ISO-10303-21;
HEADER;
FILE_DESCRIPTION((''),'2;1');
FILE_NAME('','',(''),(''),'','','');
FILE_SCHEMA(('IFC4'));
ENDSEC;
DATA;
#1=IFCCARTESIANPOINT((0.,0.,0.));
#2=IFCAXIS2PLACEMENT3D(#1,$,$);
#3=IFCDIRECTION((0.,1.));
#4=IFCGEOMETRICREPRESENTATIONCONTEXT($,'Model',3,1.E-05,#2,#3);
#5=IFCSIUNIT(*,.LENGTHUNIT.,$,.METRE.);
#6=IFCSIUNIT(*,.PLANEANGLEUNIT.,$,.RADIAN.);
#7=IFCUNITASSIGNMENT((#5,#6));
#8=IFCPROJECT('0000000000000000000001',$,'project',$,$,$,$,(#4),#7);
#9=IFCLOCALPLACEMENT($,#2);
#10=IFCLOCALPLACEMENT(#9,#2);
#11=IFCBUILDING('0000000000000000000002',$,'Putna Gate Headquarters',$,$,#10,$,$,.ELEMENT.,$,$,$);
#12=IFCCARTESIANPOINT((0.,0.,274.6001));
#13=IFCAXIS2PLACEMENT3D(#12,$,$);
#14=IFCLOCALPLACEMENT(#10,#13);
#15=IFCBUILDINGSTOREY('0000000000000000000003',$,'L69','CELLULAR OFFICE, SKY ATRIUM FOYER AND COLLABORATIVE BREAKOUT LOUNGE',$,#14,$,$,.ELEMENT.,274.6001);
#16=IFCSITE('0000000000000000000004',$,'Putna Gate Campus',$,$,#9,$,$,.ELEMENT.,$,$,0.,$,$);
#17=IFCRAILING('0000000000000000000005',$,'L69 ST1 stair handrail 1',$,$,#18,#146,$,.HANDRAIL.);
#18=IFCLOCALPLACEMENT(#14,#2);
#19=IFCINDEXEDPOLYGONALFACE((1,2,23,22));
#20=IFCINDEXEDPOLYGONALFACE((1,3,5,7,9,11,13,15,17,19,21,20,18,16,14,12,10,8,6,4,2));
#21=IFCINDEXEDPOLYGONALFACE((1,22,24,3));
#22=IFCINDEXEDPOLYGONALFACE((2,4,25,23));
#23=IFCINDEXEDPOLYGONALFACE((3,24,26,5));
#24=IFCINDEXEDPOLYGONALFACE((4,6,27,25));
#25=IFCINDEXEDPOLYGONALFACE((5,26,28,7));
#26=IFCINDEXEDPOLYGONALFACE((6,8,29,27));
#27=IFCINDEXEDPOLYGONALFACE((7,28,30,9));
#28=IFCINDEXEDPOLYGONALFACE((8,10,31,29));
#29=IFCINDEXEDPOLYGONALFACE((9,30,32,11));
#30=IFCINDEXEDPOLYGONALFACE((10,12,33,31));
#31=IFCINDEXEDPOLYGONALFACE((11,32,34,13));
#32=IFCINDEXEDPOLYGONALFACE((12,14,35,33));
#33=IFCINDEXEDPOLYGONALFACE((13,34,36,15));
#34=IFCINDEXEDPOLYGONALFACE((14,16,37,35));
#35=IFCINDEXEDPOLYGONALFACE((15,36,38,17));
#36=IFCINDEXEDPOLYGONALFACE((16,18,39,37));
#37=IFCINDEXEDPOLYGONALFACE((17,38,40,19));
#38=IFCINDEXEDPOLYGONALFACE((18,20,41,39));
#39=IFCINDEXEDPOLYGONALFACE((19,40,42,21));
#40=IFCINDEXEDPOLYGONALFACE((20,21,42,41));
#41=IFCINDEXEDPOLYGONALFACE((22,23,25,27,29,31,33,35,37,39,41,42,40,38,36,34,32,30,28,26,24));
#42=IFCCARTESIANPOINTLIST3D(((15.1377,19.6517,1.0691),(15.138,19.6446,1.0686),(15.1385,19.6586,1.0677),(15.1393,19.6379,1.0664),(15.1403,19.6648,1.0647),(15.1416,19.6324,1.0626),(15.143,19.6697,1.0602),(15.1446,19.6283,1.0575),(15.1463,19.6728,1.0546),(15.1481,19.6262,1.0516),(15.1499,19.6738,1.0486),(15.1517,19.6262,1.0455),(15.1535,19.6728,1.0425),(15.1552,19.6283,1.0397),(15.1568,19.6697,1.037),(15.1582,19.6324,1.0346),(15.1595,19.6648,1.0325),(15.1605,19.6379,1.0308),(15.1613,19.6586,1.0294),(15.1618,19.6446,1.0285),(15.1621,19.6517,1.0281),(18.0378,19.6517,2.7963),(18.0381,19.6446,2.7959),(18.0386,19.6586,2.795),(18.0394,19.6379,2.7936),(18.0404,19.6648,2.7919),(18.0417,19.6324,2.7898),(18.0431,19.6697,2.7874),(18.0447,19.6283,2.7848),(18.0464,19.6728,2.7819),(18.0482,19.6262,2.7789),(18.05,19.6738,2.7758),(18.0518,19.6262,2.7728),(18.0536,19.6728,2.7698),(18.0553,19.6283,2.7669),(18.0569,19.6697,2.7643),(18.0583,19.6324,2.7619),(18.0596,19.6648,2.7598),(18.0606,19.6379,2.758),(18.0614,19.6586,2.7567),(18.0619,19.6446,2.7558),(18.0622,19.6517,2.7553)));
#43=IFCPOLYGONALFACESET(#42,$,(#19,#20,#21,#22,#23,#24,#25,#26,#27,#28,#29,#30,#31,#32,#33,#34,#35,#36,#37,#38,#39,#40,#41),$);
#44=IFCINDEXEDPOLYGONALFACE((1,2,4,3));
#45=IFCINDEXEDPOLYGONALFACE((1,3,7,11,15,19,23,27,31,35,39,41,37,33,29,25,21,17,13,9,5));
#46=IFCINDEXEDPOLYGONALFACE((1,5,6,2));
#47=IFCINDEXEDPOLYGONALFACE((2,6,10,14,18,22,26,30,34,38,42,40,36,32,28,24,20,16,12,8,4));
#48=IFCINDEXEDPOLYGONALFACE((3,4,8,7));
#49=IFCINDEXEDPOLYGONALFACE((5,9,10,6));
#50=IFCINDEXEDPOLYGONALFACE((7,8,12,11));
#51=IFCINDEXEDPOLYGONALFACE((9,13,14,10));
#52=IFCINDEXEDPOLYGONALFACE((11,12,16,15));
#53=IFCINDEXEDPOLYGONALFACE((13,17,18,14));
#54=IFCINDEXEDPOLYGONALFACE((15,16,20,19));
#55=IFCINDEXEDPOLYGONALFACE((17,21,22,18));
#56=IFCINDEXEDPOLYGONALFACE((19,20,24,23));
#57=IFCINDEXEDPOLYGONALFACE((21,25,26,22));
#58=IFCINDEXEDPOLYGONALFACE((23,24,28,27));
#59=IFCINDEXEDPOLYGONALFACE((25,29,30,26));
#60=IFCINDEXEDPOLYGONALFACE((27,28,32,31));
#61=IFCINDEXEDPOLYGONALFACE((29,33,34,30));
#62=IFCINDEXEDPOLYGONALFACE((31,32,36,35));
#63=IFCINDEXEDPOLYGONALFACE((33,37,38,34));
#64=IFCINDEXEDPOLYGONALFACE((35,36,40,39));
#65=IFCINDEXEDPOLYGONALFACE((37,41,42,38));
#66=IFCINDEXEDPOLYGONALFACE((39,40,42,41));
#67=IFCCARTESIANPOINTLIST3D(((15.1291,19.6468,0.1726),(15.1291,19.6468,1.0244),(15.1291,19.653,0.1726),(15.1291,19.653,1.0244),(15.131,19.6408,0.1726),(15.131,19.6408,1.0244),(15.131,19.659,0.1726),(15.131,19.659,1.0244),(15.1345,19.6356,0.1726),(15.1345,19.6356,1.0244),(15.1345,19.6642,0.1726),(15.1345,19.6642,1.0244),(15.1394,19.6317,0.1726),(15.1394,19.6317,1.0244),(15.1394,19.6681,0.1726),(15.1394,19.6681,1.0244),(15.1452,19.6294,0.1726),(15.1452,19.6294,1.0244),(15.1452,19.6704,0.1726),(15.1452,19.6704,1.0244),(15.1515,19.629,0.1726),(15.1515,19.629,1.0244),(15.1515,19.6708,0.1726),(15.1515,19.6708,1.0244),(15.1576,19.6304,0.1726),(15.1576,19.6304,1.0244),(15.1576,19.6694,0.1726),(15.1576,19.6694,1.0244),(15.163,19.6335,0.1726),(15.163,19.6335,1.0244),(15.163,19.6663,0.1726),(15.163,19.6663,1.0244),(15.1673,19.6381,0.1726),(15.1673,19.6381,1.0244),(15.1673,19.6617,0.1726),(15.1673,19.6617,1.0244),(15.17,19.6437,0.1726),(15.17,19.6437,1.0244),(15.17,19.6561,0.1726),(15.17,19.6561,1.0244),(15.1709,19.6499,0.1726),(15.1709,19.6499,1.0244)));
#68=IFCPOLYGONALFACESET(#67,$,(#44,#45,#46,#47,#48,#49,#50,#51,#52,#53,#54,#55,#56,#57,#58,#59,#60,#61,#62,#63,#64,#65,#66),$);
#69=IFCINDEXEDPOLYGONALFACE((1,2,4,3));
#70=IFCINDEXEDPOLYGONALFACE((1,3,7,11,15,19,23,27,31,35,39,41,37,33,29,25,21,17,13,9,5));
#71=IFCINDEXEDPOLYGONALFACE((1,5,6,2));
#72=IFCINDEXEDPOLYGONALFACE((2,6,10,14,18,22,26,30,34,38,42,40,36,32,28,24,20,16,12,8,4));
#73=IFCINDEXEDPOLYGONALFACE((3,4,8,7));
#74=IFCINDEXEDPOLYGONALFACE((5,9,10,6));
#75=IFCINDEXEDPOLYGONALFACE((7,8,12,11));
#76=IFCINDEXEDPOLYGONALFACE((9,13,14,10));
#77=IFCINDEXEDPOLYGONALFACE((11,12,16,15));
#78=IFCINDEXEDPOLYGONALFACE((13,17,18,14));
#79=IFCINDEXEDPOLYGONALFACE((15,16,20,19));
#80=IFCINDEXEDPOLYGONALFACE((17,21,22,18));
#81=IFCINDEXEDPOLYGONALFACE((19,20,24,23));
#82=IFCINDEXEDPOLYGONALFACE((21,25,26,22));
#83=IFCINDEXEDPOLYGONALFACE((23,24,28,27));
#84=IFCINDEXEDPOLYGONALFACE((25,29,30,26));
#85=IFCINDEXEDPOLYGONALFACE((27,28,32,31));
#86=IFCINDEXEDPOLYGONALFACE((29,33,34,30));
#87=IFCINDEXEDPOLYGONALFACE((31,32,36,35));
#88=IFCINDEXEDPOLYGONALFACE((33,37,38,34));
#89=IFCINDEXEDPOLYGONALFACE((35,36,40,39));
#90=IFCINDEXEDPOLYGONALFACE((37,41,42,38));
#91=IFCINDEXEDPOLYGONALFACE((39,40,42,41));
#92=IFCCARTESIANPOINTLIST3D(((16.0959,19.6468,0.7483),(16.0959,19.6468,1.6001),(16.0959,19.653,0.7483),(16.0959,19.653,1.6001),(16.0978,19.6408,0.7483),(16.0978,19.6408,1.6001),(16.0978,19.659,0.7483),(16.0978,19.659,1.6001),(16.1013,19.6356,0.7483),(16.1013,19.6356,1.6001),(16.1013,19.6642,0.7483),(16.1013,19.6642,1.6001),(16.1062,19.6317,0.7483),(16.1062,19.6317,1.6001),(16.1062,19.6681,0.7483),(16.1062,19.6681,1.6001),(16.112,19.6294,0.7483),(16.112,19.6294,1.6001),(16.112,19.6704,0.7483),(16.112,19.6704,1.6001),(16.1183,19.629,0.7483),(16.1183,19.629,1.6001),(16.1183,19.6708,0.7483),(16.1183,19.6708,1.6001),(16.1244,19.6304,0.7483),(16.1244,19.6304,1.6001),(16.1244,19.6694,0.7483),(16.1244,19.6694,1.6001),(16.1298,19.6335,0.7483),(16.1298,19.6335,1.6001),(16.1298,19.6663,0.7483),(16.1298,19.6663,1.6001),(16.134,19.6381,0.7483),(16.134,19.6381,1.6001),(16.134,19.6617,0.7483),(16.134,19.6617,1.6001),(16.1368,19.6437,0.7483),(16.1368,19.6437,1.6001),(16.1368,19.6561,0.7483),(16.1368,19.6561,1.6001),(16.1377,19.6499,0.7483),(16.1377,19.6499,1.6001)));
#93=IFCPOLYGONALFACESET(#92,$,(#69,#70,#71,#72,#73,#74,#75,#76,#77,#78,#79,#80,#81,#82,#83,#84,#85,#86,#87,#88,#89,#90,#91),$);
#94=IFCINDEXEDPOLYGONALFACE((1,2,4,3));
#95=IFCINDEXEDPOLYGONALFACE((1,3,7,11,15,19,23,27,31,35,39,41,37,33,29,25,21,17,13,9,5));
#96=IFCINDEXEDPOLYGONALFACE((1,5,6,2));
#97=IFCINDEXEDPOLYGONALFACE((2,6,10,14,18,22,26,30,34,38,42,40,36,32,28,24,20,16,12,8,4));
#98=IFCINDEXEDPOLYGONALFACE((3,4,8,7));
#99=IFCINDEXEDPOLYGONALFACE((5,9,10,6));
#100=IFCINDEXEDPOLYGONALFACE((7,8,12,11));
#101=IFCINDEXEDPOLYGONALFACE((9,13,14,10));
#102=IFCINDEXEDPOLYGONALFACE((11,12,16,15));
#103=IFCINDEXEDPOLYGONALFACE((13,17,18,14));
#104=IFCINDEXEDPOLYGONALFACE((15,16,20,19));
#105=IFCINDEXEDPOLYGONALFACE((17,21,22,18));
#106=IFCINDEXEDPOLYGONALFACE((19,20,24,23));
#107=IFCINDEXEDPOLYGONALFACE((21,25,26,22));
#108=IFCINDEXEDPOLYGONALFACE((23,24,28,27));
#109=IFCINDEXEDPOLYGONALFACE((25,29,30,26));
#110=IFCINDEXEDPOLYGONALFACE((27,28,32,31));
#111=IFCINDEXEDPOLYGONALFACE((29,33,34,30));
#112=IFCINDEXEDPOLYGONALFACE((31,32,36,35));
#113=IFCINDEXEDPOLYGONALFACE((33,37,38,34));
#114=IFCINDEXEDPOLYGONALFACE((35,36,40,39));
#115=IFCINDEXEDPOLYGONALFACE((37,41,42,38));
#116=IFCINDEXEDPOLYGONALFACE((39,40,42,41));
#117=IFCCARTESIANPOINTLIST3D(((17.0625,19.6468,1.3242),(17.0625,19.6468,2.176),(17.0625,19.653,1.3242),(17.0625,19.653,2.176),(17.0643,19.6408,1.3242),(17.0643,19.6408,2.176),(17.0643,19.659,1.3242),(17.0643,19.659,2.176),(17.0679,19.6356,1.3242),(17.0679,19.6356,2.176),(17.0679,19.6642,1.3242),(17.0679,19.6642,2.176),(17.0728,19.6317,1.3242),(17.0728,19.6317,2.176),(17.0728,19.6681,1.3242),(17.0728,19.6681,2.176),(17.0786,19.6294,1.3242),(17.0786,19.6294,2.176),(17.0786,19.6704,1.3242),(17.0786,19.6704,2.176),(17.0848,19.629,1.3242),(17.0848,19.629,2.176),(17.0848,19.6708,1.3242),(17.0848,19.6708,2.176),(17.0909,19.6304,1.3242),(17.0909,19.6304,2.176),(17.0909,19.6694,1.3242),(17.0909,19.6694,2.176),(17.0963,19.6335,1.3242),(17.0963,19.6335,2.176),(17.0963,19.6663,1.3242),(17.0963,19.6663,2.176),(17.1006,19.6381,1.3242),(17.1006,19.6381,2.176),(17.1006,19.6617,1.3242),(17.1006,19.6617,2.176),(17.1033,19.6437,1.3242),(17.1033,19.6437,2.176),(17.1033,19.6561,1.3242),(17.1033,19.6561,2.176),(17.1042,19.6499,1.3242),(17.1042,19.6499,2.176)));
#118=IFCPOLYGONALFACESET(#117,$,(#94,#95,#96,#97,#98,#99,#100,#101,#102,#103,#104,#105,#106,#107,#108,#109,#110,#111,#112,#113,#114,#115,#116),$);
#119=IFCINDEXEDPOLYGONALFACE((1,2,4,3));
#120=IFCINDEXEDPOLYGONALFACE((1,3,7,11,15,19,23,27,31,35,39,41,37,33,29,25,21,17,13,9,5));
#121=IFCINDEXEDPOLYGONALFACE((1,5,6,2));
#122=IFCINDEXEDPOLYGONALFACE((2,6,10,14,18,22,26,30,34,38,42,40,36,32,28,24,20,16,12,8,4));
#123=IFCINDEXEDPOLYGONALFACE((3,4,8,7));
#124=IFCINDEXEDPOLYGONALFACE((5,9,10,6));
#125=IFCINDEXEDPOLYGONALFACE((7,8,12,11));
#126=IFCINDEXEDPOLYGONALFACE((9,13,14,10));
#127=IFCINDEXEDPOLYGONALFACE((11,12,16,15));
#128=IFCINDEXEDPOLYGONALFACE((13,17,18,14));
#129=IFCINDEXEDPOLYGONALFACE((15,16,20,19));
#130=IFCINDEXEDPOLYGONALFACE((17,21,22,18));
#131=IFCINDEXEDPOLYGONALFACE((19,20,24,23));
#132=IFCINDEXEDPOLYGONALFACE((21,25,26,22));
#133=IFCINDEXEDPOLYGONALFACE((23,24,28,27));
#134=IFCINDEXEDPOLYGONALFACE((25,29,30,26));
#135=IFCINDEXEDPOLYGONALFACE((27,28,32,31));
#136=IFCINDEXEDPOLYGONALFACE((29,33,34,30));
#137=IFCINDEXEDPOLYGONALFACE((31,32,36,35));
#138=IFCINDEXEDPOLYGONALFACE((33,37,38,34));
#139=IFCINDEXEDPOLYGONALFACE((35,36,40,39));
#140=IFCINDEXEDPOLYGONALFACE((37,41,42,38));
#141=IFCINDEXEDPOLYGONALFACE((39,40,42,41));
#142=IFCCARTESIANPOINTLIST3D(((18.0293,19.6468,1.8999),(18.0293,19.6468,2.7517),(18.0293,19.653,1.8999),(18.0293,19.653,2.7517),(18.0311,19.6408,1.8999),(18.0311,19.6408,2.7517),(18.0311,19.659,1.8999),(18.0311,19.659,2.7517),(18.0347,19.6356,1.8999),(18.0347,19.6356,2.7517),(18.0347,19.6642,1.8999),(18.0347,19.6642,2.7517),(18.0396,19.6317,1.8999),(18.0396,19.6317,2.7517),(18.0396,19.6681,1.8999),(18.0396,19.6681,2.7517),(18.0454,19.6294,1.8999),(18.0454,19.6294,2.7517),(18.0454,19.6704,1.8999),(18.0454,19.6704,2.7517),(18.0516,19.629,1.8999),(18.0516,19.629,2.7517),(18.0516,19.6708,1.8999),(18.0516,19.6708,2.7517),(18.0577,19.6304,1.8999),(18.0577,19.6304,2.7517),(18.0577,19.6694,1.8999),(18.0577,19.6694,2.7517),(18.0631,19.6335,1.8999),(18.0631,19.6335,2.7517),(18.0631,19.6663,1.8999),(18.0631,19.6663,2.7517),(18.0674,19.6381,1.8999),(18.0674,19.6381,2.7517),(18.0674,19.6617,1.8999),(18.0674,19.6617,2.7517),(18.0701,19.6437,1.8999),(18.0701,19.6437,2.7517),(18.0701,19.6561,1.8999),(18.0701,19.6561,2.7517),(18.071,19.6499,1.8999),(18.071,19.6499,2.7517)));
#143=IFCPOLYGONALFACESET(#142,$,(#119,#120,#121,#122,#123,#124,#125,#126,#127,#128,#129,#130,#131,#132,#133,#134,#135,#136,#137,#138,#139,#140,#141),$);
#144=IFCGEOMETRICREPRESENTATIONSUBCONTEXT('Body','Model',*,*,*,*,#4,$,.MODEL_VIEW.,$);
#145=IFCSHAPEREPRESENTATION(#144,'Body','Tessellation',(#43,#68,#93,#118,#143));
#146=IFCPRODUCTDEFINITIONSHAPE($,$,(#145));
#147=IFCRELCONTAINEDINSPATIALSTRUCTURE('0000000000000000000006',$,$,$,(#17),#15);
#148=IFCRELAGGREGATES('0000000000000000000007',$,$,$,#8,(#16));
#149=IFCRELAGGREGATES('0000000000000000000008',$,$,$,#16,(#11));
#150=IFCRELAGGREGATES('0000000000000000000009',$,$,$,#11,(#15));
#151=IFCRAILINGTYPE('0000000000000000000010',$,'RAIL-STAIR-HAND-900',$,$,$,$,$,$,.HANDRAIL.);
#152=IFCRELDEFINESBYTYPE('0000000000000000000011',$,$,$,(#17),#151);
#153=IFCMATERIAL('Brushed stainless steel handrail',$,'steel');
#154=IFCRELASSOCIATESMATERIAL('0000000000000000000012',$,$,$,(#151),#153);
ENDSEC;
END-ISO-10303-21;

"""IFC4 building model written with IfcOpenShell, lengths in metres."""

from ifc_helpers import new_model, si_unit, direction, frame, origin, origin_2d, place, context, subcontext, project, spatial, circle, extrude, material, type_object, element, save


model = new_model("IFC4")

# Units and contexts
model_context = context("Model", 3, precision=1e-05, world=origin(), true_north=direction((0.0, 1.0)))
body_context = subcontext(model_context, "Body", "Model", "MODEL_VIEW")
ifc_project = project(units=[si_unit("LENGTHUNIT", "METRE"), si_unit("PLANEANGLEUNIT", "RADIAN")], contexts=[model_context])

# Site, building, storey
site_placement = place(None, origin())
site = spatial("IfcSite", under=ifc_project, at=site_placement, Name="Putna Gate Campus", CompositionType="ELEMENT", RefElevation=0.0)
building_placement = place(site_placement, origin())
building = spatial("IfcBuilding", under=site, at=building_placement, Name="Putna Gate Headquarters", CompositionType="ELEMENT")
storey_placement = place(building_placement, frame((0.0, 0.0, 274.6001)))
storey = spatial("IfcBuildingStorey", under=building, at=storey_placement, Name="L69", Description="CELLULAR OFFICE, SKY ATRIUM FOYER AND COLLABORATIVE BREAKOUT LOUNGE", CompositionType="ELEMENT", Elevation=274.6001)

# Railing
ifc_material_1 = material(Name="Brushed stainless steel handrail", Category="steel")
railing_type = type_object("IfcRailingType", Name="RAIL-STAIR-HAND-900", PredefinedType="HANDRAIL", material=ifc_material_1)
railing_placement = place(storey_placement, frame((15.1499, 19.6499, 0.1726)))
element("IfcRailing", 1, at=railing_placement, inside=storey, type_object=railing_type, Name="L69 ST1 stair handrail 1", PredefinedType="HANDRAIL", context=body_context, shape_type="SweptSolid", body=[
    extrude(circle(Radius=0.0239, at=origin_2d()), frame((0.0, 0.0, 0.876), z_axis=(0.85916, 0.0, 0.511706), x_axis=(0.0, 1.0, 0.0)), (0.0, 0.0, 1.0), 3.3755),
    extrude(circle(Radius=0.021, at=origin_2d()), origin(), (0.0, 0.0, 1.0), 0.8518),
    extrude(circle(Radius=0.021, at=origin_2d()), frame((0.9668, 0.0, 0.5757)), (0.0, 0.0, 1.0), 0.8518),
    extrude(circle(Radius=0.021, at=origin_2d()), frame((1.9333, 0.0, 1.1516)), (0.0, 0.0, 1.0), 0.8518),
    extrude(circle(Radius=0.021, at=origin_2d()), frame((2.9001, 0.0, 1.7273)), (0.0, 0.0, 1.0), 0.8518),
])

save(model, "model.ifc")
